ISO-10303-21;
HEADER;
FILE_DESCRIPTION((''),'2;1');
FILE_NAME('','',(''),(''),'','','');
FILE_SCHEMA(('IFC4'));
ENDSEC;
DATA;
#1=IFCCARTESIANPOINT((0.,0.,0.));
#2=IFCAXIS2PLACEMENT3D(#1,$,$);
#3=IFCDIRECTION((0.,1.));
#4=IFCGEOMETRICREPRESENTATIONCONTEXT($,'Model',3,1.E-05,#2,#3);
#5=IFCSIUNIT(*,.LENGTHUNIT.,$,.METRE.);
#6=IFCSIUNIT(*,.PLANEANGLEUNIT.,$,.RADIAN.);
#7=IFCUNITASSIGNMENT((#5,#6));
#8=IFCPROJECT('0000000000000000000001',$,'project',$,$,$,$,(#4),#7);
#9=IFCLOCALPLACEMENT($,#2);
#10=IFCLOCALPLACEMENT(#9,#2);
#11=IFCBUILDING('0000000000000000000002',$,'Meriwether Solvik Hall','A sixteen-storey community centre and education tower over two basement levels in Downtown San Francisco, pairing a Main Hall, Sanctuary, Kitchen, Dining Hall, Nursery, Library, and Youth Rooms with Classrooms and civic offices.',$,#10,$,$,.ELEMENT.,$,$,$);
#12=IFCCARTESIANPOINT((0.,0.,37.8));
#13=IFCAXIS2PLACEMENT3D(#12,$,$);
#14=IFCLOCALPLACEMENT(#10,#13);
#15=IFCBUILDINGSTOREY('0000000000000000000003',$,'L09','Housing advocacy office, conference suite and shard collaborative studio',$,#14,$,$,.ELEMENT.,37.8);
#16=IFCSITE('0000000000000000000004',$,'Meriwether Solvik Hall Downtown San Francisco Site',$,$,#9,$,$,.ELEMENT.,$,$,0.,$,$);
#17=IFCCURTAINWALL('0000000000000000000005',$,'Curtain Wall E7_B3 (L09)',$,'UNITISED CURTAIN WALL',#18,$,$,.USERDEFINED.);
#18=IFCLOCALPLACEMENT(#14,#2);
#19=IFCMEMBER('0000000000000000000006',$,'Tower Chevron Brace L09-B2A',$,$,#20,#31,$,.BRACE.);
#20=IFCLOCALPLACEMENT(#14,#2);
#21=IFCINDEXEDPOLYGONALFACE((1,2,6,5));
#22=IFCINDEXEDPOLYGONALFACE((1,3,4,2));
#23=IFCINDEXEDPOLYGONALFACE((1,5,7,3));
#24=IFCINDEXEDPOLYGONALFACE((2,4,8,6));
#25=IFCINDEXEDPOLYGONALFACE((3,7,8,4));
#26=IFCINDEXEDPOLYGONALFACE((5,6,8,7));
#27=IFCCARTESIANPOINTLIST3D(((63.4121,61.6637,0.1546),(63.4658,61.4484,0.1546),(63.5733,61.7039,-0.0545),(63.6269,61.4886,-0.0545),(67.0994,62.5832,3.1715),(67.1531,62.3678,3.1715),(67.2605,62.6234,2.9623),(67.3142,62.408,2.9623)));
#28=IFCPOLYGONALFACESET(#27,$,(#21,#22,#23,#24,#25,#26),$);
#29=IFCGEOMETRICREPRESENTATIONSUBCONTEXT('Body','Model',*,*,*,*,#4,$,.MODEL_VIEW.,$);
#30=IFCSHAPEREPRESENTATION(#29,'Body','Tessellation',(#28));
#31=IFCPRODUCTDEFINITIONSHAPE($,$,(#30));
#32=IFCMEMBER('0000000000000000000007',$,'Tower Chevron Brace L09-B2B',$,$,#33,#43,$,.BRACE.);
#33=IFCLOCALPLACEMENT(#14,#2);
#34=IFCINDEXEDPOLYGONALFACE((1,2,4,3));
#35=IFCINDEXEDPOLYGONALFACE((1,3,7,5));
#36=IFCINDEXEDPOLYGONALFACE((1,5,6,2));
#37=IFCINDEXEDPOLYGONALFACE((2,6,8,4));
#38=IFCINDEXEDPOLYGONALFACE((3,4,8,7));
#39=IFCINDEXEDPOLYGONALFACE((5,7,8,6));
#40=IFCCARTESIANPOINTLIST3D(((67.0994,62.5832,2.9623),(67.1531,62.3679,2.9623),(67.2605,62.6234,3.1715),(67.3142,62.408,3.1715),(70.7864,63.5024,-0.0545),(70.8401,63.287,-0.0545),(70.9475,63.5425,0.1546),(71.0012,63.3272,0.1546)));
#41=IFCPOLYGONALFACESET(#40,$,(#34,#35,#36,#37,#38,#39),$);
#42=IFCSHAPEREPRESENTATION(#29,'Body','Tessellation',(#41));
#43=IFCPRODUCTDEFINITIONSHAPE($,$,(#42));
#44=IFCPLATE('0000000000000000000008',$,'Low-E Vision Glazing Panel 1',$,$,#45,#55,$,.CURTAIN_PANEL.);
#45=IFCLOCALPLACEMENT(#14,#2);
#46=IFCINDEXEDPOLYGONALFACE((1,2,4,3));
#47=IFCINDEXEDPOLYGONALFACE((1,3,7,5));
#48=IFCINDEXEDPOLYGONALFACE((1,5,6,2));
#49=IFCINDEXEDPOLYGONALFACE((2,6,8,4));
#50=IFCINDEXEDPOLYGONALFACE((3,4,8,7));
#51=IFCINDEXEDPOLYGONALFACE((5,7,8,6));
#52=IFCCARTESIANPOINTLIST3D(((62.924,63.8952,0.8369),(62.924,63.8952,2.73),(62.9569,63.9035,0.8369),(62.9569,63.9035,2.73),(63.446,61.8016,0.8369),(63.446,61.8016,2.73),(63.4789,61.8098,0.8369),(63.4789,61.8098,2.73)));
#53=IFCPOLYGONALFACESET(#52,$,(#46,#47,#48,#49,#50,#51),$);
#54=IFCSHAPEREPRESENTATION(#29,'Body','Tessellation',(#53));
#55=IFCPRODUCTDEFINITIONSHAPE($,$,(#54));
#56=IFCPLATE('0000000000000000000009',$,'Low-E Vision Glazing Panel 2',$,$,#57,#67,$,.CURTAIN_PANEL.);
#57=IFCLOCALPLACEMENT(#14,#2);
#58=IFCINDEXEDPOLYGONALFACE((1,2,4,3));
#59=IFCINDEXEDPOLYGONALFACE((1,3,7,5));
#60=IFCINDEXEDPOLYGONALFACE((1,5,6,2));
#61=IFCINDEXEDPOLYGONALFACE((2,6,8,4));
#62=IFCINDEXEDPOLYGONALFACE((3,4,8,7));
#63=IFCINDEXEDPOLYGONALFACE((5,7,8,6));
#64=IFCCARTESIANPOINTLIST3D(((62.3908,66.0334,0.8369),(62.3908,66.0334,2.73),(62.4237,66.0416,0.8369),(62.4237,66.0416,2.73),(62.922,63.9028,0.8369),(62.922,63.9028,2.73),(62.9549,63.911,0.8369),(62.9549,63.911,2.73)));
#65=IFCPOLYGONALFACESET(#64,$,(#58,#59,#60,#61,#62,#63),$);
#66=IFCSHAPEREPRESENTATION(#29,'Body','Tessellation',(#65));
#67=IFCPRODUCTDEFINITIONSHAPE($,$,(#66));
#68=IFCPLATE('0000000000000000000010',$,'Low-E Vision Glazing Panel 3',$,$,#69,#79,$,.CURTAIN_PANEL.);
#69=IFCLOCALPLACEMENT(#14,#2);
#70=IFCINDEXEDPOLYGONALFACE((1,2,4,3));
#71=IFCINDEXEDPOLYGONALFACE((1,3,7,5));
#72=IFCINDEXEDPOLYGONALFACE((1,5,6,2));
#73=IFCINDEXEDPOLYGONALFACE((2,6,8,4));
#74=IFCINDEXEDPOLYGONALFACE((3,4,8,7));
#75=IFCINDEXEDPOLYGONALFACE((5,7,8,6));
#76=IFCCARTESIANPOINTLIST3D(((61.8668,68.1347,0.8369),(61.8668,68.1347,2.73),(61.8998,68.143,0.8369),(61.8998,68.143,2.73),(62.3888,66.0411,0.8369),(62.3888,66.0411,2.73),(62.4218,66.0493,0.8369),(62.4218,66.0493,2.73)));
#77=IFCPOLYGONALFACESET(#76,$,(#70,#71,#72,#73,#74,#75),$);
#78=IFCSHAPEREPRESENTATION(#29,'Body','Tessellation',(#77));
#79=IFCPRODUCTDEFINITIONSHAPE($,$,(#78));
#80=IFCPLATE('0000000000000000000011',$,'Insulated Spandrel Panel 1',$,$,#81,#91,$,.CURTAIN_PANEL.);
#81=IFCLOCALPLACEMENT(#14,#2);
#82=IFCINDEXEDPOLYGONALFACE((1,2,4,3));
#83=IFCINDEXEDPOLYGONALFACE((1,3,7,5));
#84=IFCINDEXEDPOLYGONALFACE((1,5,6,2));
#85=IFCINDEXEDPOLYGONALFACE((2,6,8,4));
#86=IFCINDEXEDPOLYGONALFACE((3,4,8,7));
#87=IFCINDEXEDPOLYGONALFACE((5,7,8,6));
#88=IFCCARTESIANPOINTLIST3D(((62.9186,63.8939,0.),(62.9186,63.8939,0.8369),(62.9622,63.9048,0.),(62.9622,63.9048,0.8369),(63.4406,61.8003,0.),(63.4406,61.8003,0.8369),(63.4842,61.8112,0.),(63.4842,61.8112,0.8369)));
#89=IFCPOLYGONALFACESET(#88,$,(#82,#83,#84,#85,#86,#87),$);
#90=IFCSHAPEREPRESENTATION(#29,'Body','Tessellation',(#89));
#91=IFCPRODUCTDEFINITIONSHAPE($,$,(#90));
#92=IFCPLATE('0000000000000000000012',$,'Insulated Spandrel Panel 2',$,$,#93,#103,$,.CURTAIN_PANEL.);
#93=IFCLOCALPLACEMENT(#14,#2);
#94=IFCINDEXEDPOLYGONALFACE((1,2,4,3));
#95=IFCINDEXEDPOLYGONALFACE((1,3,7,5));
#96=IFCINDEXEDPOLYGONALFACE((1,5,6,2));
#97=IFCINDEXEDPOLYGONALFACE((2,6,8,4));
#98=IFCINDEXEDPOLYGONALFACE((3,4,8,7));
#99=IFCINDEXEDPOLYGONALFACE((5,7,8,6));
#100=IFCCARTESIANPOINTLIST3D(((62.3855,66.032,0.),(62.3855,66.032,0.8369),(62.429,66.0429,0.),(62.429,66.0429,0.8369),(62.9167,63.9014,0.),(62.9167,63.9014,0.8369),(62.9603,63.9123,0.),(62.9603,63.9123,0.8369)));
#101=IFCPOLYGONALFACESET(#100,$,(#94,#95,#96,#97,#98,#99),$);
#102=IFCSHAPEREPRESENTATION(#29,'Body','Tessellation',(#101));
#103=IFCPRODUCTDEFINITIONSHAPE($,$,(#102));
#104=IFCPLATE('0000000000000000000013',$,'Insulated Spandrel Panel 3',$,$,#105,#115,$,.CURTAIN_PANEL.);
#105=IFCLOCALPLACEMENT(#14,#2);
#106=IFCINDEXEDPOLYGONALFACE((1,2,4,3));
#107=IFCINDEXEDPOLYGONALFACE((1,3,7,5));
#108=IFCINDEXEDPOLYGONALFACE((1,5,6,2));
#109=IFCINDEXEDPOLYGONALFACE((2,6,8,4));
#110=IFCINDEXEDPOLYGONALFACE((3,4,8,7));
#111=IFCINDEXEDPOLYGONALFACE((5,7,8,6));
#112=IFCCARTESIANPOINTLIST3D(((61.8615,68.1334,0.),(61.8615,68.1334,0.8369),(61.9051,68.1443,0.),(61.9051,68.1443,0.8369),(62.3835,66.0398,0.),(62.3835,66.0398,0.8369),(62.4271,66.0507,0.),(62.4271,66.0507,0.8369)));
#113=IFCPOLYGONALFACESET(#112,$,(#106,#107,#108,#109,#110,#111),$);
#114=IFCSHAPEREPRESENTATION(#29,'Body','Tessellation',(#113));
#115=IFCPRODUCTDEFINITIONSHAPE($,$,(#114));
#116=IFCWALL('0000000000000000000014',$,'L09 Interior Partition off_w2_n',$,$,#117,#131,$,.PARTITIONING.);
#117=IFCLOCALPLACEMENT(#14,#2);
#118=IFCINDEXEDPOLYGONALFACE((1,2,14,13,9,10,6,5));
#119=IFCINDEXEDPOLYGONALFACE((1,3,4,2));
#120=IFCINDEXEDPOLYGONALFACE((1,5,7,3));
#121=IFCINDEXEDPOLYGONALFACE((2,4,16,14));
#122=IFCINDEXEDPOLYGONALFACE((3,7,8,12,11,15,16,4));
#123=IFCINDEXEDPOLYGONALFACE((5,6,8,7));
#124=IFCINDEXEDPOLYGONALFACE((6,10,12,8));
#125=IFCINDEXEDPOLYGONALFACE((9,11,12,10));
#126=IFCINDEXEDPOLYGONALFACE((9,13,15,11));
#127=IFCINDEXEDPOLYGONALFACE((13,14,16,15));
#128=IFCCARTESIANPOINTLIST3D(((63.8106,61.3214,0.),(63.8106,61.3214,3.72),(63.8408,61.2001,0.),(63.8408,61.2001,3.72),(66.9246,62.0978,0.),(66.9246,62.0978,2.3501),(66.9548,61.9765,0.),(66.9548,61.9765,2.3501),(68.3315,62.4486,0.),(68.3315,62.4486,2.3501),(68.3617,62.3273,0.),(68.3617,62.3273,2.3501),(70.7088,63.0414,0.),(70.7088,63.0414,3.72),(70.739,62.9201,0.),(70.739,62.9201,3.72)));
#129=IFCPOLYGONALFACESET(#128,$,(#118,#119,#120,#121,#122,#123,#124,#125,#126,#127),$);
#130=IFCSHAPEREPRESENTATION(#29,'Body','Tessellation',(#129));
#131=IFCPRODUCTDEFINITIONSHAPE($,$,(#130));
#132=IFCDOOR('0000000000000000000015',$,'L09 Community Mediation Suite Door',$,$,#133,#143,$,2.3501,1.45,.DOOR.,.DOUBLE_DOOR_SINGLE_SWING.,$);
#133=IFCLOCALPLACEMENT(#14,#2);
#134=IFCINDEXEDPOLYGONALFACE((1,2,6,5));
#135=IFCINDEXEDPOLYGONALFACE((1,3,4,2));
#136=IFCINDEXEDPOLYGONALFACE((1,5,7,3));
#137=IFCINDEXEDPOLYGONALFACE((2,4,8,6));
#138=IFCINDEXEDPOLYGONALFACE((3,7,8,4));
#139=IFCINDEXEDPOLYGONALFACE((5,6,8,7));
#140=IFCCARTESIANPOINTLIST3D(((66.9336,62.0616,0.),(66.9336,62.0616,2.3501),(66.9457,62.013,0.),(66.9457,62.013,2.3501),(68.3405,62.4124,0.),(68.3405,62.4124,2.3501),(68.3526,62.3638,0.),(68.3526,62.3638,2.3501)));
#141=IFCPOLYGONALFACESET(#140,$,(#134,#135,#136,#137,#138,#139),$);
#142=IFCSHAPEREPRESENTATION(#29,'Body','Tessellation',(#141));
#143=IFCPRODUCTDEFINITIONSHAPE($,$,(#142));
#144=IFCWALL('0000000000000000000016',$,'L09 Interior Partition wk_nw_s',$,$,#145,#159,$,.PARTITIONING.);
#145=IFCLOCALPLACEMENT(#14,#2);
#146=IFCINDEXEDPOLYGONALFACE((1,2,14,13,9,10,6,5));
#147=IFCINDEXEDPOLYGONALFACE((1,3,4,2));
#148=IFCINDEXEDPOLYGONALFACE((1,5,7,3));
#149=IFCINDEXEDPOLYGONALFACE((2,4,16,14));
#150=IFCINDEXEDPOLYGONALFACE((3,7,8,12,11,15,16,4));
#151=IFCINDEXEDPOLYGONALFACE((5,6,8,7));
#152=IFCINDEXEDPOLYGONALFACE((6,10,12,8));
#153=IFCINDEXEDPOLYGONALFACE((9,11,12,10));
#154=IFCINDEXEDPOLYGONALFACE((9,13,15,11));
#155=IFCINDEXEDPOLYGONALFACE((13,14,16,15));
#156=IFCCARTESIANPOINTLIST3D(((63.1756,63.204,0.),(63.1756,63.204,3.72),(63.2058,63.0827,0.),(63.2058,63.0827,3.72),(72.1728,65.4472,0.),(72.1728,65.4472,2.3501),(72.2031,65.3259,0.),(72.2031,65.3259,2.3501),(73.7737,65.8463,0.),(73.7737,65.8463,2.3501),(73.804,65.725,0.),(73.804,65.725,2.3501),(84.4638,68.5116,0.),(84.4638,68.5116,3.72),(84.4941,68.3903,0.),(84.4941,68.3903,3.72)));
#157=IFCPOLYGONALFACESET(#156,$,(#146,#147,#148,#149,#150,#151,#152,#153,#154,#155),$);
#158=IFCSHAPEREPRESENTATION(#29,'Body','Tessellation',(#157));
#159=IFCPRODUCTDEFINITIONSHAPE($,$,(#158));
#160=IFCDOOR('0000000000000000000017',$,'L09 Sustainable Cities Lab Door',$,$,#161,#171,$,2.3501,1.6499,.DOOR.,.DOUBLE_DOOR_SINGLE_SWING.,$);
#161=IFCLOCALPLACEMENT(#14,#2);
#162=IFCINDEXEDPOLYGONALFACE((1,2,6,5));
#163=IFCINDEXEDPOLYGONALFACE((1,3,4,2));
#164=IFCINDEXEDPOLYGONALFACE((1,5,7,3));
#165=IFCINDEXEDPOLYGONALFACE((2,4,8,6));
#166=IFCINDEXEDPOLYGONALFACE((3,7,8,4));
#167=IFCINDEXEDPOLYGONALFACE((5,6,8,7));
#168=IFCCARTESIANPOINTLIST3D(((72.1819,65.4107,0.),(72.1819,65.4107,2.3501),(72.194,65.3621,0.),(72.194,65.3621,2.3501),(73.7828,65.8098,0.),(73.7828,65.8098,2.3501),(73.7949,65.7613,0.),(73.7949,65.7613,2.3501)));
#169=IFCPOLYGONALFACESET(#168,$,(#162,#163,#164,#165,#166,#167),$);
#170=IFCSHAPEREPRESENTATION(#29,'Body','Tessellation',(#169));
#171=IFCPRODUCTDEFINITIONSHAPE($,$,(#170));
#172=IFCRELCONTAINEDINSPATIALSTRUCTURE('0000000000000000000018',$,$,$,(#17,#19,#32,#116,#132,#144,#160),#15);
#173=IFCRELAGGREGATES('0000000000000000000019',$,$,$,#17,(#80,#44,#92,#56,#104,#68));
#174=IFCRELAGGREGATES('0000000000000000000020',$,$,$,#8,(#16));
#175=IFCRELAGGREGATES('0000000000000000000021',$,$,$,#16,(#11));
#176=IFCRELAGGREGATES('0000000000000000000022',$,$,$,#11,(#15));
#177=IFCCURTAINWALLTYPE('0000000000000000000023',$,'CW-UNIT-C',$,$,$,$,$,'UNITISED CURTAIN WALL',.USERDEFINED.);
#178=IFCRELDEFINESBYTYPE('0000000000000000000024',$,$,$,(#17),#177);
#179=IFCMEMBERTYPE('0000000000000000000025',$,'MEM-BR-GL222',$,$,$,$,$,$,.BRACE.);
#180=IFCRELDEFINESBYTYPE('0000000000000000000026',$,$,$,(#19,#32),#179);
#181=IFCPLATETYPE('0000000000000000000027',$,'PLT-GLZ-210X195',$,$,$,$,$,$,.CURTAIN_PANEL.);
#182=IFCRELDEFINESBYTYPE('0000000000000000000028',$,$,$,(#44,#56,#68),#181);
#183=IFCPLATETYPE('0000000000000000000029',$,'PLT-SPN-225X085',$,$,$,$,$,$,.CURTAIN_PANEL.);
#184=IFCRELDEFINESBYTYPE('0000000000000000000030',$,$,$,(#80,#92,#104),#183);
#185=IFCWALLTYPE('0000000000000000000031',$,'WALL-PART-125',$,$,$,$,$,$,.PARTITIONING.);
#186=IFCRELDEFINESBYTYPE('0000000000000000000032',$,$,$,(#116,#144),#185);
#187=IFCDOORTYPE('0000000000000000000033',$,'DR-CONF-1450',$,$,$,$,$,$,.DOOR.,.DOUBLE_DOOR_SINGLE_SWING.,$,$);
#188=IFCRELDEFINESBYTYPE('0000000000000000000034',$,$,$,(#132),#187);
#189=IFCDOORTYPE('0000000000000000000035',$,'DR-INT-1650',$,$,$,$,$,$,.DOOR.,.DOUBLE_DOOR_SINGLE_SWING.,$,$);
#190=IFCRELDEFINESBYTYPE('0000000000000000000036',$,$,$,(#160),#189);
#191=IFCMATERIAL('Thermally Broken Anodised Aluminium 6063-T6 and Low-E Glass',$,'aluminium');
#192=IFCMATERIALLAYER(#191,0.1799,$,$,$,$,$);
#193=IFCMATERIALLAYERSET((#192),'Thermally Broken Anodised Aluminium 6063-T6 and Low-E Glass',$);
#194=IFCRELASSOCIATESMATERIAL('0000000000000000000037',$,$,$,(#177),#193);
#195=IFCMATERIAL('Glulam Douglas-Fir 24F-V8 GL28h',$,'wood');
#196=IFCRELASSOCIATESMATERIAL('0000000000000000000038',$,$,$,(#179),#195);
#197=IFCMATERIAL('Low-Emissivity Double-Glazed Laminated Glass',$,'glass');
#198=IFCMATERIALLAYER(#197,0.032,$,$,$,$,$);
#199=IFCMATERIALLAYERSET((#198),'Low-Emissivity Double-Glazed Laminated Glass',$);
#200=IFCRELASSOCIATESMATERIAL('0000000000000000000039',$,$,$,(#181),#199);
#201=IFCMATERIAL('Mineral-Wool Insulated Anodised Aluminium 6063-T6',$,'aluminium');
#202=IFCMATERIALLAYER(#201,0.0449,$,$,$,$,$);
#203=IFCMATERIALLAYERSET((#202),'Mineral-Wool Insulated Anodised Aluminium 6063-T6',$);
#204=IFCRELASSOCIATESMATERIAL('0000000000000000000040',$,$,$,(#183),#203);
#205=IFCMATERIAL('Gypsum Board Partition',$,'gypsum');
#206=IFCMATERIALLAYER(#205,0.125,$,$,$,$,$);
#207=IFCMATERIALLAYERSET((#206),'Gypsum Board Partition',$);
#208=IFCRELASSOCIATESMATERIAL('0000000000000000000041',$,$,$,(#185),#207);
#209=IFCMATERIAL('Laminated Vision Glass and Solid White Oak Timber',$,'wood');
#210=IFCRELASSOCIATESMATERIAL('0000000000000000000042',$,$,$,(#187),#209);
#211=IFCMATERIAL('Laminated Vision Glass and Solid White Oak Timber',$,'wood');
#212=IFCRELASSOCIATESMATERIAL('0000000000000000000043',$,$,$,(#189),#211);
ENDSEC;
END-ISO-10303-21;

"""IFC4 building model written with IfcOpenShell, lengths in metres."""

from ifc_helpers import new_model, si_unit, direction, frame, frame_2d, origin, origin_2d, place, context, subcontext, project, spatial, rectangle, extrude, material, layer, layer_set, material_profile, profile_set, type_object, element, fill, aggregate, save


model = new_model("IFC4")

# Units and contexts
model_context = context("Model", 3, precision=1e-05, world=origin(), true_north=direction((0.0, 1.0)))
body_context = subcontext(model_context, "Body", "Model", "MODEL_VIEW")
ifc_project = project(units=[si_unit("LENGTHUNIT", "METRE"), si_unit("PLANEANGLEUNIT", "RADIAN")], contexts=[model_context])

# Site, building, storey
site_placement = place(None, origin())
site = spatial("IfcSite", under=ifc_project, at=site_placement, Name="Meriwether Solvik Hall Downtown San Francisco Site", CompositionType="ELEMENT", RefElevation=0.0)
building_placement = place(site_placement, origin())
building = spatial("IfcBuilding", under=site, at=building_placement, Name="Meriwether Solvik Hall", Description="A sixteen-storey community centre and education tower over two basement levels in Downtown San Francisco, pairing a Main Hall, Sanctuary, Kitchen, Dining Hall, Nursery, Library, and Youth Rooms with Classrooms and civic offices.", CompositionType="ELEMENT")
storey_placement = place(building_placement, frame((0.0, 0.0, 37.8)))
storey = spatial("IfcBuildingStorey", under=building, at=storey_placement, Name="L09", Description="Housing advocacy office, conference suite and shard collaborative studio", CompositionType="ELEMENT", Elevation=37.8)

# Curtain wall
ifc_material_1 = material(Name="Thermally Broken Anodised Aluminium 6063-T6 and Low-E Glass", Category="aluminium")
ifc_layer_1 = layer(ifc_material_1, 0.1799)
ifc_layer_set_1 = layer_set([ifc_layer_1], Name="Thermally Broken Anodised Aluminium 6063-T6 and Low-E Glass")
curtain_wall_type_1 = type_object("IfcCurtainWallType", Name="CW-UNIT-C", ElementType="UNITISED CURTAIN WALL", PredefinedType="USERDEFINED", material=ifc_layer_set_1)
curtain_wall_1_placement = place(storey_placement, origin())
curtain_wall_1 = element("IfcCurtainWall", 1, at=curtain_wall_1_placement, inside=storey, type_object=curtain_wall_type_1, Name="Curtain Wall E7_B3 (L09)", ObjectType="UNITISED CURTAIN WALL", PredefinedType="USERDEFINED")

# Members
ifc_material_2 = material(Name="Glulam Douglas-Fir 24F-V8 GL28h", Category="wood")
ifc_material_profile_1 = material_profile(ifc_material_2, rectangle(XDim=0.2219, YDim=0.2671, at=origin_2d()), Name="GLM-222X267")
ifc_profile_set_1 = profile_set([ifc_material_profile_1], Name="Glulam Douglas-Fir 24F-V8 GL28h")
member_type_1 = type_object("IfcMemberType", Name="MEM-BR-GL222", PredefinedType="BRACE", material=ifc_profile_set_1)
member_1_placement = place(storey_placement, frame((63.5195, 61.5762, 0.05), z_axis=(0.759935, 0.189493, 0.621765), x_axis=(-0.241946, 0.97029, 0.0)))
element("IfcMember", 2, at=member_1_placement, inside=storey, type_object=member_type_1, Name="Tower Chevron Brace L09-B2A", PredefinedType="BRACE", context=body_context, shape_type="SweptSolid", body=[
    extrude(rectangle(XDim=0.2219, YDim=0.2671, at=origin_2d()), origin(), (0.0, 0.0, 1.0), 4.8521),
])
member_2_placement = place(storey_placement, frame((70.8938, 63.4148, 0.05), z_axis=(-0.759921, -0.189452, 0.621795), x_axis=(0.241901, -0.970301, 0.0)))
element("IfcMember", 3, at=member_2_placement, inside=storey, type_object=member_type_1, Name="Tower Chevron Brace L09-B2B", PredefinedType="BRACE", context=body_context, shape_type="SweptSolid", body=[
    extrude(rectangle(XDim=0.2219, YDim=0.2671, at=origin_2d()), origin(), (0.0, 0.0, 1.0), 4.8518),
])

# Plates
ifc_material_3 = material(Name="Low-Emissivity Double-Glazed Laminated Glass", Category="glass")
ifc_layer_2 = layer(ifc_material_3, 0.032)
ifc_layer_set_2 = layer_set([ifc_layer_2], Name="Low-Emissivity Double-Glazed Laminated Glass")
plate_type_1 = type_object("IfcPlateType", Name="PLT-GLZ-210X195", PredefinedType="CURTAIN_PANEL", material=ifc_layer_set_2)
plate_1_placement = place(storey_placement, frame((63.2014, 62.8525, 0.8369), z_axis=(0.0, 0.0, 1.0), x_axis=(-0.241922, 0.970296, 0.0)))
plate_1 = element("IfcPlate", 4, at=plate_1_placement, type_object=plate_type_1, Name="Low-E Vision Glazing Panel 1", PredefinedType="CURTAIN_PANEL", context=body_context, shape_type="SweptSolid", body=[
    extrude(rectangle(XDim=2.1577, YDim=0.0339, at=origin_2d()), origin(), (0.0, 0.0, 1.0), 1.8931),
])
plate_2_placement = place(storey_placement, frame((62.6729, 64.9722, 0.8369), z_axis=(0.0, 0.0, 1.0), x_axis=(-0.241922, 0.970296, 0.0)))
plate_2 = element("IfcPlate", 5, at=plate_2_placement, type_object=plate_type_1, Name="Low-E Vision Glazing Panel 2", PredefinedType="CURTAIN_PANEL", context=body_context, shape_type="SweptSolid", body=[
    extrude(rectangle(XDim=2.1958, YDim=0.0339, at=origin_2d()), origin(), (0.0, 0.0, 1.0), 1.8931),
])
plate_3_placement = place(storey_placement, frame((62.1443, 67.092, 0.8369), z_axis=(0.0, 0.0, 1.0), x_axis=(-0.241922, 0.970296, 0.0)))
plate_3 = element("IfcPlate", 6, at=plate_3_placement, type_object=plate_type_1, Name="Low-E Vision Glazing Panel 3", PredefinedType="CURTAIN_PANEL", context=body_context, shape_type="SweptSolid", body=[
    extrude(rectangle(XDim=2.1577, YDim=0.0339, at=origin_2d()), origin(), (0.0, 0.0, 1.0), 1.8931),
])
ifc_material_4 = material(Name="Mineral-Wool Insulated Anodised Aluminium 6063-T6", Category="aluminium")
ifc_layer_3 = layer(ifc_material_4, 0.0449)
ifc_layer_set_3 = layer_set([ifc_layer_3], Name="Mineral-Wool Insulated Anodised Aluminium 6063-T6")
plate_type_2 = type_object("IfcPlateType", Name="PLT-SPN-225X085", PredefinedType="CURTAIN_PANEL", material=ifc_layer_set_3)
plate_4_placement = place(storey_placement, frame((63.2014, 62.8525, 0.0), z_axis=(0.0, 0.0, 1.0), x_axis=(-0.241922, 0.970296, 0.0)))
plate_4 = element("IfcPlate", 7, at=plate_4_placement, type_object=plate_type_2, Name="Insulated Spandrel Panel 1", PredefinedType="CURTAIN_PANEL", context=body_context, shape_type="SweptSolid", body=[
    extrude(rectangle(XDim=2.1577, YDim=0.0449, at=origin_2d()), origin(), (0.0, 0.0, 1.0), 0.8369),
])
plate_5_placement = place(storey_placement, frame((62.6729, 64.9722, 0.0), z_axis=(0.0, 0.0, 1.0), x_axis=(-0.241922, 0.970296, 0.0)))
plate_5 = element("IfcPlate", 8, at=plate_5_placement, type_object=plate_type_2, Name="Insulated Spandrel Panel 2", PredefinedType="CURTAIN_PANEL", context=body_context, shape_type="SweptSolid", body=[
    extrude(rectangle(XDim=2.1958, YDim=0.0449, at=origin_2d()), origin(), (0.0, 0.0, 1.0), 0.8369),
])
plate_6_placement = place(storey_placement, frame((62.1443, 67.092, 0.0), z_axis=(0.0, 0.0, 1.0), x_axis=(-0.241922, 0.970296, 0.0)))
plate_6 = element("IfcPlate", 9, at=plate_6_placement, type_object=plate_type_2, Name="Insulated Spandrel Panel 3", PredefinedType="CURTAIN_PANEL", context=body_context, shape_type="SweptSolid", body=[
    extrude(rectangle(XDim=2.1577, YDim=0.0449, at=origin_2d()), origin(), (0.0, 0.0, 1.0), 0.8369),
])
aggregate(curtain_wall_1, [plate_4, plate_1, plate_5, plate_2, plate_6, plate_3])

# Walls, openings, doors
ifc_material_5 = material(Name="Gypsum Board Partition", Category="gypsum")
ifc_layer_4 = layer(ifc_material_5, 0.125)
ifc_layer_set_4 = layer_set([ifc_layer_4], Name="Gypsum Board Partition")
wall_type = type_object("IfcWallType", Name="WALL-PART-125", PredefinedType="PARTITIONING", material=ifc_layer_set_4)
wall_1_placement = place(storey_placement, frame((70.7239, 62.9807, 0.0), z_axis=(0.0, 0.0, 1.0), x_axis=(-0.970294, -0.24193, 0.0)))
wall_1 = element("IfcWall", 10, at=wall_1_placement, inside=storey, type_object=wall_type, Name="L09 Interior Partition off_w2_n", PredefinedType="PARTITIONING", context=body_context, shape_type="SweptSolid", body=[
    extrude(rectangle(XDim=7.1094, YDim=0.125, at=frame_2d((3.5547, 0.0))), origin(), (0.0, 0.0, 1.0), 3.72),
])
opening_1_placement = place(wall_1_placement, frame((2.45, 0.0, 0.0)))
opening_1 = element("IfcOpeningElement", 11, at=opening_1_placement, cuts=wall_1, PredefinedType="OPENING", context=body_context, shape_type="SweptSolid", body=[
    extrude(rectangle(XDim=1.45, YDim=2.3501, at=frame_2d((0.7251, 1.175))), frame((0.0, 0.0745, 0.0), z_axis=(0.0, -1.0, 0.0), x_axis=(1.0, 0.0, 0.0)), (0.0, 0.0, 1.0), 0.1489),
])
ifc_material_6 = material(Name="Laminated Vision Glass and Solid White Oak Timber", Category="wood")
door_type_1 = type_object("IfcDoorType", Name="DR-CONF-1450", OperationType="DOUBLE_DOOR_SINGLE_SWING", PredefinedType="DOOR", material=ifc_material_6)
door_1_placement = place(opening_1_placement, origin())
door_1 = element("IfcDoor", 12, at=door_1_placement, inside=storey, type_object=door_type_1, Name="L09 Community Mediation Suite Door", OperationType="DOUBLE_DOOR_SINGLE_SWING", OverallHeight=2.3501, OverallWidth=1.45, PredefinedType="DOOR", context=body_context, shape_type="SweptSolid", body=[
    extrude(rectangle(XDim=1.45, YDim=2.3501, at=frame_2d((0.7251, 1.175))), frame((0.0, 0.0249, 0.0), z_axis=(0.0, -1.0, 0.0), x_axis=(1.0, 0.0, 0.0)), (0.0, 0.0, 1.0), 0.05),
])
fill(opening_1, door_1)
wall_2_placement = place(storey_placement, frame((63.1907, 63.1433, 0.0), z_axis=(0.0, 0.0, 1.0), x_axis=(0.970297, 0.241915, 0.0)))
wall_2 = element("IfcWall", 13, at=wall_2_placement, inside=storey, type_object=wall_type, Name="L09 Interior Partition wk_nw_s", PredefinedType="PARTITIONING", context=body_context, shape_type="SweptSolid", body=[
    extrude(rectangle(XDim=21.9399, YDim=0.125, at=frame_2d((10.97, 0.0))), origin(), (0.0, 0.0, 1.0), 3.72),
])
opening_2_placement = place(wall_2_placement, frame((9.2727, 0.0, 0.0)))
opening_2 = element("IfcOpeningElement", 14, at=opening_2_placement, cuts=wall_2, PredefinedType="OPENING", context=body_context, shape_type="SweptSolid", body=[
    extrude(rectangle(XDim=1.6499, YDim=2.3501, at=frame_2d((0.825, 1.175))), frame((0.0, 0.0745, 0.0), z_axis=(0.0, -1.0, 0.0), x_axis=(1.0, 0.0, 0.0)), (0.0, 0.0, 1.0), 0.1489),
])
ifc_material_7 = material(Name="Laminated Vision Glass and Solid White Oak Timber", Category="wood")
door_type_2 = type_object("IfcDoorType", Name="DR-INT-1650", OperationType="DOUBLE_DOOR_SINGLE_SWING", PredefinedType="DOOR", material=ifc_material_7)
door_2_placement = place(opening_2_placement, origin())
door_2 = element("IfcDoor", 15, at=door_2_placement, inside=storey, type_object=door_type_2, Name="L09 Sustainable Cities Lab Door", OperationType="DOUBLE_DOOR_SINGLE_SWING", OverallHeight=2.3501, OverallWidth=1.6499, PredefinedType="DOOR", context=body_context, shape_type="SweptSolid", body=[
    extrude(rectangle(XDim=1.6499, YDim=2.3501, at=frame_2d((0.825, 1.175))), frame((0.0, 0.0249, 0.0), z_axis=(0.0, -1.0, 0.0), x_axis=(1.0, 0.0, 0.0)), (0.0, 0.0, 1.0), 0.05),
])
fill(opening_2, door_2)

save(model, "model.ifc")
